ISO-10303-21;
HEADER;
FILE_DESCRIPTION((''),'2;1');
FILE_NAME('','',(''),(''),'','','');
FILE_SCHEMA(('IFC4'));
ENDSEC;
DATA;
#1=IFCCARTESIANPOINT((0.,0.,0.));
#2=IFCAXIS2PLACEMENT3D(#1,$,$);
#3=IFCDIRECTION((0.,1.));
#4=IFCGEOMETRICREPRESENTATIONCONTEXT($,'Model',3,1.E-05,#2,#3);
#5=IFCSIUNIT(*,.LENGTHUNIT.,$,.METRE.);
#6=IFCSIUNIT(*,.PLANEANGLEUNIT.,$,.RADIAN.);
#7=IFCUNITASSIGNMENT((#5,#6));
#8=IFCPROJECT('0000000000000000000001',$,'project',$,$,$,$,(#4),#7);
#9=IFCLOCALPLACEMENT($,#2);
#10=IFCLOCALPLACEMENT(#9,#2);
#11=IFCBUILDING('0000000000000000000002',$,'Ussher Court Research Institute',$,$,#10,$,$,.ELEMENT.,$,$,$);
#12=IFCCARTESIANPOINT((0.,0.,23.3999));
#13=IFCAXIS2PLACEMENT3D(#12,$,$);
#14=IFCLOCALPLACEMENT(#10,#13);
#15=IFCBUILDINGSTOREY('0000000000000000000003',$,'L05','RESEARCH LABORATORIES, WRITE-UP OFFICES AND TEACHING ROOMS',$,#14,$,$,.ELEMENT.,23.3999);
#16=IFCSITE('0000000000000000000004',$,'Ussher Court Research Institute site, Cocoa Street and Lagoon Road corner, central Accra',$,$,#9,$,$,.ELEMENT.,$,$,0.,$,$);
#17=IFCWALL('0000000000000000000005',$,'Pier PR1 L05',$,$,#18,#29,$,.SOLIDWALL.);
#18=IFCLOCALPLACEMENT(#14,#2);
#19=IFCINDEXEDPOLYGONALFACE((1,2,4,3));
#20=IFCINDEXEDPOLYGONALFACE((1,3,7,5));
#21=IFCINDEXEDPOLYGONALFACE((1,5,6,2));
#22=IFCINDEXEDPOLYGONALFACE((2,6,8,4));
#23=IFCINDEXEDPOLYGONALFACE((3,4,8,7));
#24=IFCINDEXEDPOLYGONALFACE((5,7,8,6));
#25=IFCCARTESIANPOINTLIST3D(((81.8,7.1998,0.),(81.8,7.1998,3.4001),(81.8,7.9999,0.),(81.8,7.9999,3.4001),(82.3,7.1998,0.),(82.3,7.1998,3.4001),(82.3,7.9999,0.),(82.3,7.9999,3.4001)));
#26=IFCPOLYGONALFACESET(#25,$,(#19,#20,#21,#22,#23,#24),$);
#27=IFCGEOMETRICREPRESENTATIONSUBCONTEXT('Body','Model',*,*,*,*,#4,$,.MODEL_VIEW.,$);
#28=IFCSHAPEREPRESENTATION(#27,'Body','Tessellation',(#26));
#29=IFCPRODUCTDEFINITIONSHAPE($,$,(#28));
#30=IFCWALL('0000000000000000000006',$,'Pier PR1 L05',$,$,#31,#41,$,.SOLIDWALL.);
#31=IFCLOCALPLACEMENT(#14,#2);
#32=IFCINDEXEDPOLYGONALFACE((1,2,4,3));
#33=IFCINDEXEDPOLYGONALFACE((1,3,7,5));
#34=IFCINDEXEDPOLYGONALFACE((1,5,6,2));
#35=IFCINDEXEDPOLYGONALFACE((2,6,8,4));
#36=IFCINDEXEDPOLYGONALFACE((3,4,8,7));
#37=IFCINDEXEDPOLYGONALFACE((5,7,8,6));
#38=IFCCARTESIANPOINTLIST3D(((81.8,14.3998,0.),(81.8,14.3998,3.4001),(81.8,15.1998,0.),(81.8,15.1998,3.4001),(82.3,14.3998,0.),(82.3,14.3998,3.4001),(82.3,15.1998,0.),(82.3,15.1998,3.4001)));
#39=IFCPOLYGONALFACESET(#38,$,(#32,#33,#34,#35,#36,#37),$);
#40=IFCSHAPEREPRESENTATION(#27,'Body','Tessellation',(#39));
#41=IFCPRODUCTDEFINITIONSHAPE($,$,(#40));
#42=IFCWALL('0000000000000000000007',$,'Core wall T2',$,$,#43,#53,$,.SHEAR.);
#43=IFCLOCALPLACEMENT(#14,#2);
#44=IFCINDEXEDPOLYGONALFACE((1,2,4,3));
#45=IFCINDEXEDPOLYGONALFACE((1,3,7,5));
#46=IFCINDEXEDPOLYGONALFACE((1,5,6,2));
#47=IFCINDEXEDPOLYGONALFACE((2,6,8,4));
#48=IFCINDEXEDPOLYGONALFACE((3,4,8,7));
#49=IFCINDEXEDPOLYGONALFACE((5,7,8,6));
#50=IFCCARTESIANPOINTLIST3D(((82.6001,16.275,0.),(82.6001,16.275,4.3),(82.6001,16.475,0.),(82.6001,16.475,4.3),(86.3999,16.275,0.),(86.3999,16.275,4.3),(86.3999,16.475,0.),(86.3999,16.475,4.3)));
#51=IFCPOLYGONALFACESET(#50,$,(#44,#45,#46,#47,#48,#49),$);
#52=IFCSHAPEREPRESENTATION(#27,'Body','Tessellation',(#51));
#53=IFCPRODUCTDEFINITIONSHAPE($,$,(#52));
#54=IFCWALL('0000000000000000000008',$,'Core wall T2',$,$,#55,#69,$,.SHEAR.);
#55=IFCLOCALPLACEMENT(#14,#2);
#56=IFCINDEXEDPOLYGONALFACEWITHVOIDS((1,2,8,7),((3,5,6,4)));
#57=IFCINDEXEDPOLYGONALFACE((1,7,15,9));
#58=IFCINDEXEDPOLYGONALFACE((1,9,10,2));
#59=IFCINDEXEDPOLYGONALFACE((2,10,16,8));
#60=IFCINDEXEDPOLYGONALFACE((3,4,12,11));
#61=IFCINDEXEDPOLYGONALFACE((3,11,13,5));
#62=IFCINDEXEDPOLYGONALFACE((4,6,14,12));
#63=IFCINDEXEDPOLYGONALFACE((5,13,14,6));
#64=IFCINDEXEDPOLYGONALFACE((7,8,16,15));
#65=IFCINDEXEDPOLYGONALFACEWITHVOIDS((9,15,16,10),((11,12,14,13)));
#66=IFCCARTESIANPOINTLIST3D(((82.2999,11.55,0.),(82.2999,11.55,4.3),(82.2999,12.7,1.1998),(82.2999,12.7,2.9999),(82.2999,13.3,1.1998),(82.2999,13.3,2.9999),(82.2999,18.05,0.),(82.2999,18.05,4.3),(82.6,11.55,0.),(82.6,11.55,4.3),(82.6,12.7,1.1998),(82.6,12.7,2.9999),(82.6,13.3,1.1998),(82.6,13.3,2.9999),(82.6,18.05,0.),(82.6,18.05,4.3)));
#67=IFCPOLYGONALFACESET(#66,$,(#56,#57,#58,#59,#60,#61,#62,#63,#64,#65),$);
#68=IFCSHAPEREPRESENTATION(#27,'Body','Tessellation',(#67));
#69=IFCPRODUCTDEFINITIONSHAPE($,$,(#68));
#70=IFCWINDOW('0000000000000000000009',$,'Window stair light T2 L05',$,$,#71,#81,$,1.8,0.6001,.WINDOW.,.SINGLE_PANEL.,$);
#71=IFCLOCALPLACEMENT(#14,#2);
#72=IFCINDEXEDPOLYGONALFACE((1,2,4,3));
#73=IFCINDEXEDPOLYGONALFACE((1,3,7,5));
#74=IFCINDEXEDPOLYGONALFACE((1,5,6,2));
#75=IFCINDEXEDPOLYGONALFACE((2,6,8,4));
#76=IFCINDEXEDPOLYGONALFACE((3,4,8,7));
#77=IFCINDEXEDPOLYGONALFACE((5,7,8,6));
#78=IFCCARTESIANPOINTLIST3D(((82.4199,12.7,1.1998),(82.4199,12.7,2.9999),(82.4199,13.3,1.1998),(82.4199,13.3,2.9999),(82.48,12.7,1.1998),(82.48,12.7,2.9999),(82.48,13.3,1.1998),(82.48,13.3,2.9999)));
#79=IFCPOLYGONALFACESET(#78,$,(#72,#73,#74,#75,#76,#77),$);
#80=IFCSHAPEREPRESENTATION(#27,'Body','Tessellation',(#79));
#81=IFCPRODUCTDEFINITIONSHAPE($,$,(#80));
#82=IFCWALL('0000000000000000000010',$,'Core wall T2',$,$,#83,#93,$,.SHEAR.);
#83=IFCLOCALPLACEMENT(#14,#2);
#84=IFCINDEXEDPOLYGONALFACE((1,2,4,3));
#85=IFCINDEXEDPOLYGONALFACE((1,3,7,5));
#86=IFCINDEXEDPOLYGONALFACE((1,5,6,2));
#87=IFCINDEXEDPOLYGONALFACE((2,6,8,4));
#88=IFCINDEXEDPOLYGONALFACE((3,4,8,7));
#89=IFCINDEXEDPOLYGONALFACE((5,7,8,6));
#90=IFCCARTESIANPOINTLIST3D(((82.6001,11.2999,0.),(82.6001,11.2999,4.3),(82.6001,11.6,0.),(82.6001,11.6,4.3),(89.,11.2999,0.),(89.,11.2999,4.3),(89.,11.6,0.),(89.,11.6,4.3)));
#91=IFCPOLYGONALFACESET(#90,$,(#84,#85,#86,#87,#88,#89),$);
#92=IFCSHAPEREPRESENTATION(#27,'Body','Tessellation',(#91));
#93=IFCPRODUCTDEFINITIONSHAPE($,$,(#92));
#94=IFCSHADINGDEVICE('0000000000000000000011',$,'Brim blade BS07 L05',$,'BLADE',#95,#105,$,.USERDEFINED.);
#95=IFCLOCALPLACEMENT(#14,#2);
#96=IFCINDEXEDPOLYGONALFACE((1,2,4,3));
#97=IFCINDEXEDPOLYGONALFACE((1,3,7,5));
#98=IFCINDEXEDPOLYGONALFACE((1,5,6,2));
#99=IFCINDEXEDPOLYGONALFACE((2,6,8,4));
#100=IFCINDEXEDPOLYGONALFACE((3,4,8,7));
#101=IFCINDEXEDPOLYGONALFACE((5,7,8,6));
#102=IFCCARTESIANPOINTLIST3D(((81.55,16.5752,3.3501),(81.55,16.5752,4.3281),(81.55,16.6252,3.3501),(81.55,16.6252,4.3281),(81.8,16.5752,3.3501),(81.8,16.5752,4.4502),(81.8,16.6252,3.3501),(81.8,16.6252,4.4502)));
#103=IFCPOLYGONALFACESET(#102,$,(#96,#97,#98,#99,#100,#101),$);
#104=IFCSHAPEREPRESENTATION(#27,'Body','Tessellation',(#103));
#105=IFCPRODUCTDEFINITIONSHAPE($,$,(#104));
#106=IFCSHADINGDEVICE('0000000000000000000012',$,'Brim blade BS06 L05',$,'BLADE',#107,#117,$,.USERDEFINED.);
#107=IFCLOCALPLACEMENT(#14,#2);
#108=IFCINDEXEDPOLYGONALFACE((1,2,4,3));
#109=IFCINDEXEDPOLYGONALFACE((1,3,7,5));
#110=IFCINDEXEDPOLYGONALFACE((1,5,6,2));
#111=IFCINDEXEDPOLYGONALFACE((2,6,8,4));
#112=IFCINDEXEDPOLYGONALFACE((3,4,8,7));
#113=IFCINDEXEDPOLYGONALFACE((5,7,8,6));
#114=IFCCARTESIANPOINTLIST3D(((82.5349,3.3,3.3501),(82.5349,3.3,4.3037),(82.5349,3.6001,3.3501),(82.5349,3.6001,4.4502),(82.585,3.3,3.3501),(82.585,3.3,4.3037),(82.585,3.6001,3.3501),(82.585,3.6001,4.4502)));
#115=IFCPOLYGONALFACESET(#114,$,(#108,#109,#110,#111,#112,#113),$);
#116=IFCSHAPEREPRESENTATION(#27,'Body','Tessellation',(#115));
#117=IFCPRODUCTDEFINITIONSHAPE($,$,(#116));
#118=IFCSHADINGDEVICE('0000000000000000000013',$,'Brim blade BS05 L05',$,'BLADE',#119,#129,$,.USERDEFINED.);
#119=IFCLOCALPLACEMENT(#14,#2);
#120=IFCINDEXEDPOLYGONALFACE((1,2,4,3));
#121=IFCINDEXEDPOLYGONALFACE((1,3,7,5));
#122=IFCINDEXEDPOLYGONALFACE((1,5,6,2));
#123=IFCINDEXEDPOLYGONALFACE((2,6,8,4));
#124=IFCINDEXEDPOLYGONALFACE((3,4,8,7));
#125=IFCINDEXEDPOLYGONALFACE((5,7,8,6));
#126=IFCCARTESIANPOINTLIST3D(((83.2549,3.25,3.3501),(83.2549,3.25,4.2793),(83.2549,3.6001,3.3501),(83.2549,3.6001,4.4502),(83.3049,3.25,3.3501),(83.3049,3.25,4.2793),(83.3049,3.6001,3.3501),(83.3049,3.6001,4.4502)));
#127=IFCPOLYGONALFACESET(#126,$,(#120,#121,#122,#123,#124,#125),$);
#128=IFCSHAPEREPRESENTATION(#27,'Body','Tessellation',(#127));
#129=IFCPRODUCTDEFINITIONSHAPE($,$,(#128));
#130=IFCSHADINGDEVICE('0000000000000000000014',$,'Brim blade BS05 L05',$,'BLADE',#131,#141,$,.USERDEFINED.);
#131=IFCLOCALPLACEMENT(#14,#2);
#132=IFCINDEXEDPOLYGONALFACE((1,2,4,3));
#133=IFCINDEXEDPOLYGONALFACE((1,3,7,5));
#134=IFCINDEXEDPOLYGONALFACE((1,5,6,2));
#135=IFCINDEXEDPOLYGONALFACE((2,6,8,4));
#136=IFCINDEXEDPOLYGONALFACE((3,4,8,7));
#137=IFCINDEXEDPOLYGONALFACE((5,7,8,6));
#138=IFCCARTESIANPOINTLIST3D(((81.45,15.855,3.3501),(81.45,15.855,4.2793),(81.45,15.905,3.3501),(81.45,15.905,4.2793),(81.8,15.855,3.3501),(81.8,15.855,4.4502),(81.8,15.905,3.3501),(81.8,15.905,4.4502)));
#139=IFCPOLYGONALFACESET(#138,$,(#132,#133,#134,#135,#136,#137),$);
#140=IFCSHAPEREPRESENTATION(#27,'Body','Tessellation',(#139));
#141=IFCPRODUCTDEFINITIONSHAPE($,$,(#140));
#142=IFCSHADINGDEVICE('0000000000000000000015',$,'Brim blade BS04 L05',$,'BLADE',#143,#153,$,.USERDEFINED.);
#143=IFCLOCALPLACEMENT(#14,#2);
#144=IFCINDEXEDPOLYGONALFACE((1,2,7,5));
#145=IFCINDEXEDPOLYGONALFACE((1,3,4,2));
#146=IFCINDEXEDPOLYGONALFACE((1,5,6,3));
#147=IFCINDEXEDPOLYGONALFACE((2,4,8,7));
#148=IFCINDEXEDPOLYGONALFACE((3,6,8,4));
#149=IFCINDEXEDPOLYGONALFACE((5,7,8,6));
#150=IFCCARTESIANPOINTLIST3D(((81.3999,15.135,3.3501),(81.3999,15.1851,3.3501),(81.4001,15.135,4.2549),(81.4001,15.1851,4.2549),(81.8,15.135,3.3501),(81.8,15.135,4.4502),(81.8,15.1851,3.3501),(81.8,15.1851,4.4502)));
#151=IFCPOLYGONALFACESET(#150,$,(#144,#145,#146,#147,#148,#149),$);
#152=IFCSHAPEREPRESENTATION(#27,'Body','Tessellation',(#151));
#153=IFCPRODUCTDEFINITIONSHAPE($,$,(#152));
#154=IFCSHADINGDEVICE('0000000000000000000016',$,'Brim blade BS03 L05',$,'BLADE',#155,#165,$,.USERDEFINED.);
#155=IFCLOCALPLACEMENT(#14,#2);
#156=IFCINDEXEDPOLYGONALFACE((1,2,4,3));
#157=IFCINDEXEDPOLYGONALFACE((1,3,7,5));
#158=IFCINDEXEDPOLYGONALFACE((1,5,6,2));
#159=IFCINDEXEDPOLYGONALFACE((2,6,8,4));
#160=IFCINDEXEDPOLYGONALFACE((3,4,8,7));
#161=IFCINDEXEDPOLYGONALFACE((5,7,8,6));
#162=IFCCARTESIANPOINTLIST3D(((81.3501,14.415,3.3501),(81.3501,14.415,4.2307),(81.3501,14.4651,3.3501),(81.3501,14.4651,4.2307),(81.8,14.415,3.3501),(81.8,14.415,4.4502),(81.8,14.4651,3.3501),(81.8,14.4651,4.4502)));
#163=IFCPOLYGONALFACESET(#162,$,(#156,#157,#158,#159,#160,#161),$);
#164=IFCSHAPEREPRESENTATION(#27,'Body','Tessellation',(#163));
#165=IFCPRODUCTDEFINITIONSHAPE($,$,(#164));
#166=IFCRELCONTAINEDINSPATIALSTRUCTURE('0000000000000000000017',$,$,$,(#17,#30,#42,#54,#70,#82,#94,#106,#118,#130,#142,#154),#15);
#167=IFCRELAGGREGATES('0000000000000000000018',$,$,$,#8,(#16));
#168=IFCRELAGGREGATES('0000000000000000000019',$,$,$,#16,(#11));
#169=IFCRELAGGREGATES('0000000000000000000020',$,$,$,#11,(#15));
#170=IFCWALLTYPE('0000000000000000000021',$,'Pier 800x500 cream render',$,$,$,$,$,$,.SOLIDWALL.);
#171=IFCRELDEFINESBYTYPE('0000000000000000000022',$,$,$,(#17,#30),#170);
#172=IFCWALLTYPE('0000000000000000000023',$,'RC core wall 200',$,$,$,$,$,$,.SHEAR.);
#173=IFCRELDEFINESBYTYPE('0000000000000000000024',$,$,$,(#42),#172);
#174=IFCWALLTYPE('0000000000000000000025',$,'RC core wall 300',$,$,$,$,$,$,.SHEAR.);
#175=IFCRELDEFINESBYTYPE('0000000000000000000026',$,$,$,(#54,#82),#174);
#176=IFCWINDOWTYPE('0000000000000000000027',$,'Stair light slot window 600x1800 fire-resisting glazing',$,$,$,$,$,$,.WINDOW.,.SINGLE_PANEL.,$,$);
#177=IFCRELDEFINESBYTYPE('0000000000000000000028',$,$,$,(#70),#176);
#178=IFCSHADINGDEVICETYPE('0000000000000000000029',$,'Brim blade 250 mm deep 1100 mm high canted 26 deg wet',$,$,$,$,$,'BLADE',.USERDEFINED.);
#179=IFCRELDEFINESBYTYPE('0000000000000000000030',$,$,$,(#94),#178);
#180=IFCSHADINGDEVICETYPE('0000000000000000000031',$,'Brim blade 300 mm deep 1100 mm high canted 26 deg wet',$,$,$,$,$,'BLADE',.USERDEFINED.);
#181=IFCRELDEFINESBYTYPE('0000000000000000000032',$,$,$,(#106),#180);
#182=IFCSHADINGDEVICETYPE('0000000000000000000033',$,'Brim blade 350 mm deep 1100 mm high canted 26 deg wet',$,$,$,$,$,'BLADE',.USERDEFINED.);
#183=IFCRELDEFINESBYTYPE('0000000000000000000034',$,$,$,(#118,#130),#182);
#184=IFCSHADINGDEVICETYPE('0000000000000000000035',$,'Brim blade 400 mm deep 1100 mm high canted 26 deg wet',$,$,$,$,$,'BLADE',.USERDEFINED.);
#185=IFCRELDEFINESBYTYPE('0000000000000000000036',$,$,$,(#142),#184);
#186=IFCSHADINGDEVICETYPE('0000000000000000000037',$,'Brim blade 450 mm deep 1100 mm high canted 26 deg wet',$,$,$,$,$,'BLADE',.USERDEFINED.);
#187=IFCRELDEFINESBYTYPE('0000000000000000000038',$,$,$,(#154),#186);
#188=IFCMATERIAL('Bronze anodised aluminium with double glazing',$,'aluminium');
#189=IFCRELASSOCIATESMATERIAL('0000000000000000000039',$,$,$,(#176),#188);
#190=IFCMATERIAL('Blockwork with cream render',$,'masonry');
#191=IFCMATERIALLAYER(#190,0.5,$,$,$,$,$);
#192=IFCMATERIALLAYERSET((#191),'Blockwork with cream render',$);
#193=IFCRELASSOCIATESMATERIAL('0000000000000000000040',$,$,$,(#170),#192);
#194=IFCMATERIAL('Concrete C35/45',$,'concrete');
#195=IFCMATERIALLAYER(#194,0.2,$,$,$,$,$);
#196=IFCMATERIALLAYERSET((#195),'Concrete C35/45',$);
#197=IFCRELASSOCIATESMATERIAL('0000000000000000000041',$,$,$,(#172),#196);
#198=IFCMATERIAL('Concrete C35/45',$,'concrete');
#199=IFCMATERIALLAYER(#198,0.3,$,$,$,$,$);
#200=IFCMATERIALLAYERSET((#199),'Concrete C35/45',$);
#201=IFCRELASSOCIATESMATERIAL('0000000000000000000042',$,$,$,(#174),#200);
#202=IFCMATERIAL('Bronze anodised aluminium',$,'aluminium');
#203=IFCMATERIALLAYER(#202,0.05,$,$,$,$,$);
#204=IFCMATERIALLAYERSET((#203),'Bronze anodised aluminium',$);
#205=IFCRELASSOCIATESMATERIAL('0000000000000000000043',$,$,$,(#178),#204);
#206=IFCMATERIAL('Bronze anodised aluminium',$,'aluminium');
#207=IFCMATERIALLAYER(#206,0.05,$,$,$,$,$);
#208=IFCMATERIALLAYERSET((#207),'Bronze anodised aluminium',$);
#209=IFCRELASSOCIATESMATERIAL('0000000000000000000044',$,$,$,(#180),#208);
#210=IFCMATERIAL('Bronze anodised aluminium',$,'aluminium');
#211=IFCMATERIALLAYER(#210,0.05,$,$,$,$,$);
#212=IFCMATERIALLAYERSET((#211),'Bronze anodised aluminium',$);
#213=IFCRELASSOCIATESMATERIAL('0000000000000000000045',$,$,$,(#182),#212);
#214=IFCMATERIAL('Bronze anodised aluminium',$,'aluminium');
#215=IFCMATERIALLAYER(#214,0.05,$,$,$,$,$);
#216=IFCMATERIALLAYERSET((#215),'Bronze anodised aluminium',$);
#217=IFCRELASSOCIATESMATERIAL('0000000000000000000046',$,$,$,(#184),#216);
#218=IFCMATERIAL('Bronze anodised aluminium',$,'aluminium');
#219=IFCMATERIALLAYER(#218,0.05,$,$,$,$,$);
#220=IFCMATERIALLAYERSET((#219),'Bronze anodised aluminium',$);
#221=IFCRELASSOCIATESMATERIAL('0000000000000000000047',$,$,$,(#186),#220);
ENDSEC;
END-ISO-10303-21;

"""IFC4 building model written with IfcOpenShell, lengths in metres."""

from ifc_helpers import new_model, si_unit, direction, frame, frame_2d, origin, place, context, subcontext, project, spatial, polyline, rectangle, outline, extrude, material, layer, layer_set, type_object, element, fill, save


model = new_model("IFC4")

# Units and contexts
model_context = context("Model", 3, precision=1e-05, world=origin(), true_north=direction((0.0, 1.0)))
body_context = subcontext(model_context, "Body", "Model", "MODEL_VIEW")
ifc_project = project(units=[si_unit("LENGTHUNIT", "METRE"), si_unit("PLANEANGLEUNIT", "RADIAN")], contexts=[model_context])

# Site, building, storey
site_placement = place(None, origin())
site = spatial("IfcSite", under=ifc_project, at=site_placement, Name="Ussher Court Research Institute site, Cocoa Street and Lagoon Road corner, central Accra", CompositionType="ELEMENT", RefElevation=0.0)
building_placement = place(site_placement, origin())
building = spatial("IfcBuilding", under=site, at=building_placement, Name="Ussher Court Research Institute", CompositionType="ELEMENT")
storey_placement = place(building_placement, frame((0.0, 0.0, 23.3999)))
storey = spatial("IfcBuildingStorey", under=building, at=storey_placement, Name="L05", Description="RESEARCH LABORATORIES, WRITE-UP OFFICES AND TEACHING ROOMS", CompositionType="ELEMENT", Elevation=23.3999)

# Shared definitions
ifc_material_1 = material(Name="Bronze anodised aluminium with double glazing", Category="aluminium")
window_type_1 = type_object("IfcWindowType", Name="Stair light slot window 600x1800 fire-resisting glazing", PartitioningType="SINGLE_PANEL", PredefinedType="WINDOW", material=ifc_material_1)

# Walls
ifc_material_2 = material(Name="Blockwork with cream render", Category="masonry")
ifc_layer_1 = layer(ifc_material_2, 0.5)
ifc_layer_set_1 = layer_set([ifc_layer_1], Name="Blockwork with cream render")
wall_type_1 = type_object("IfcWallType", Name="Pier 800x500 cream render", PredefinedType="SOLIDWALL", material=ifc_layer_set_1)
for number, where, z_axis, x_axis, name in (
    (1, (82.05, 7.2, 0.0), (0.0, 0.0, 1.0), (0.0, 1.0, 0.0), "Pier PR1 L05"),
    (2, (82.05, 14.3999, 0.0), (0.0, 0.0, 1.0), (0.0, 1.0, 0.0), "Pier PR1 L05"),
):
    element("IfcWall", number, at=place(storey_placement, frame(where, z_axis=z_axis, x_axis=x_axis)), inside=storey, type_object=wall_type_1, Name=name, PredefinedType="SOLIDWALL", context=body_context, shape_type="SweptSolid", body=[
        extrude(rectangle(XDim=0.8, YDim=0.5, at=frame_2d((0.3999, 0.0))), origin(), (0.0, 0.0, 1.0), 3.4001),
    ])
ifc_material_3 = material(Name="Concrete C35/45", Category="concrete")
ifc_layer_2 = layer(ifc_material_3, 0.2)
ifc_layer_set_2 = layer_set([ifc_layer_2], Name="Concrete C35/45")
wall_type_2 = type_object("IfcWallType", Name="RC core wall 200", PredefinedType="SHEAR", material=ifc_layer_set_2)
wall_1_placement = place(storey_placement, frame((82.6001, 16.375, 0.0), z_axis=(0.0, 0.0, 1.0), x_axis=(1.0, 0.0, 0.0)))
element("IfcWall", 3, at=wall_1_placement, inside=storey, type_object=wall_type_2, Name="Core wall T2", PredefinedType="SHEAR", context=body_context, shape_type="SweptSolid", body=[
    extrude(rectangle(XDim=3.7998, YDim=0.2, at=frame_2d((1.8999, 0.0))), origin(), (0.0, 0.0, 1.0), 4.3),
])

# Wall, opening, window
ifc_material_4 = material(Name="Concrete C35/45", Category="concrete")
ifc_layer_3 = layer(ifc_material_4, 0.3)
ifc_layer_set_3 = layer_set([ifc_layer_3], Name="Concrete C35/45")
wall_type_3 = type_object("IfcWallType", Name="RC core wall 300", PredefinedType="SHEAR", material=ifc_layer_set_3)
wall_2_placement = place(storey_placement, frame((82.45, 11.55, 0.0), z_axis=(0.0, 0.0, 1.0), x_axis=(0.0, 1.0, 0.0)))
wall_2 = element("IfcWall", 4, at=wall_2_placement, inside=storey, type_object=wall_type_3, Name="Core wall T2", PredefinedType="SHEAR", context=body_context, shape_type="SweptSolid", body=[
    extrude(rectangle(XDim=6.5, YDim=0.3, at=frame_2d((3.25, 0.0))), origin(), (0.0, 0.0, 1.0), 4.3),
])
opening_1_placement = place(wall_2_placement, frame((1.1499, 0.0, 1.2)))
opening_1 = element("IfcOpeningElement", 5, at=opening_1_placement, cuts=wall_2, PredefinedType="OPENING", context=body_context, shape_type="SweptSolid", body=[
    extrude(rectangle(XDim=0.6001, YDim=1.8, at=frame_2d((0.3, 0.8999))), frame((0.0, 0.1602, 0.0), z_axis=(0.0, -1.0, 0.0), x_axis=(1.0, 0.0, 0.0)), (0.0, 0.0, 1.0), 0.3201),
])
window_1_placement = place(opening_1_placement, origin())
window_1 = element("IfcWindow", 6, at=window_1_placement, inside=storey, type_object=window_type_1, Name="Window stair light T2 L05", OverallHeight=1.8, OverallWidth=0.6001, PartitioningType="SINGLE_PANEL", PredefinedType="WINDOW", context=body_context, shape_type="SweptSolid", body=[
    extrude(rectangle(XDim=0.6001, YDim=1.8, at=frame_2d((0.3, 0.8999))), frame((0.0, 0.03, 0.0), z_axis=(0.0, -1.0, 0.0), x_axis=(1.0, 0.0, 0.0)), (0.0, 0.0, 1.0), 0.0601),
])
fill(opening_1, window_1)

# Wall
wall_3_placement = place(storey_placement, frame((82.6001, 11.45, 0.0), z_axis=(0.0, 0.0, 1.0), x_axis=(1.0, 0.0, 0.0)))
element("IfcWall", 7, at=wall_3_placement, inside=storey, type_object=wall_type_3, Name="Core wall T2", PredefinedType="SHEAR", context=body_context, shape_type="SweptSolid", body=[
    extrude(rectangle(XDim=6.3999, YDim=0.3, at=frame_2d((3.2, 0.0))), origin(), (0.0, 0.0, 1.0), 4.3),
])

# Shading devices
ifc_material_5 = material(Name="Bronze anodised aluminium", Category="aluminium")
ifc_layer_4 = layer(ifc_material_5, 0.05)
ifc_layer_set_4 = layer_set([ifc_layer_4], Name="Bronze anodised aluminium")
shading_device_type_1 = type_object("IfcShadingDeviceType", Name="Brim blade 250 mm deep 1100 mm high canted 26 deg wet", ElementType="BLADE", PredefinedType="USERDEFINED", material=ifc_layer_set_4)
shading_device_1_placement = place(storey_placement, frame((81.8, 16.6001, 3.3501), z_axis=(0.0, 0.0, 1.0), x_axis=(-1.0, 0.0, 0.0)))
element("IfcShadingDevice", 8, at=shading_device_1_placement, inside=storey, type_object=shading_device_type_1, Name="Brim blade BS07 L05", ObjectType="BLADE", PredefinedType="USERDEFINED", context=body_context, shape_type="SweptSolid", body=[
    extrude(outline(polyline([(0.0, 0.0), (0.25, 0.0), (0.25, 0.978), (0.0, 1.1001), (0.0, 0.0)])), frame((0.0, 0.0249, 0.0), z_axis=(0.0, -1.0, 0.0), x_axis=(1.0, 0.0, 0.0)), (0.0, 0.0, 1.0), 0.05),
])
ifc_material_6 = material(Name="Bronze anodised aluminium", Category="aluminium")
ifc_layer_5 = layer(ifc_material_6, 0.05)
ifc_layer_set_5 = layer_set([ifc_layer_5], Name="Bronze anodised aluminium")
shading_device_type_2 = type_object("IfcShadingDeviceType", Name="Brim blade 300 mm deep 1100 mm high canted 26 deg wet", ElementType="BLADE", PredefinedType="USERDEFINED", material=ifc_layer_set_5)
shading_device_2_placement = place(storey_placement, frame((82.5601, 3.6001, 3.3501), z_axis=(0.0, 0.0, 1.0), x_axis=(0.0, -1.0, 0.0)))
element("IfcShadingDevice", 9, at=shading_device_2_placement, inside=storey, type_object=shading_device_type_2, Name="Brim blade BS06 L05", ObjectType="BLADE", PredefinedType="USERDEFINED", context=body_context, shape_type="SweptSolid", body=[
    extrude(outline(polyline([(0.0, 0.0), (0.3, 0.0), (0.3, 0.9536), (0.0, 1.1001), (0.0, 0.0)])), frame((0.0, 0.0249, 0.0), z_axis=(0.0, -1.0, 0.0), x_axis=(1.0, 0.0, 0.0)), (0.0, 0.0, 1.0), 0.05),
])
ifc_material_7 = material(Name="Bronze anodised aluminium", Category="aluminium")
ifc_layer_6 = layer(ifc_material_7, 0.05)
ifc_layer_set_6 = layer_set([ifc_layer_6], Name="Bronze anodised aluminium")
shading_device_type_3 = type_object("IfcShadingDeviceType", Name="Brim blade 350 mm deep 1100 mm high canted 26 deg wet", ElementType="BLADE", PredefinedType="USERDEFINED", material=ifc_layer_set_6)
for number, where, z_axis, x_axis, name in (
    (10, (83.28, 3.6001, 3.3501), (0.0, 0.0, 1.0), (0.0, -1.0, 0.0), "Brim blade BS05 L05"),
    (11, (81.8, 15.8799, 3.3501), (0.0, 0.0, 1.0), (-1.0, 0.0, 0.0), "Brim blade BS05 L05"),
):
    element("IfcShadingDevice", number, at=place(storey_placement, frame(where, z_axis=z_axis, x_axis=x_axis)), inside=storey, type_object=shading_device_type_3, Name=name, ObjectType="BLADE", PredefinedType="USERDEFINED", context=body_context, shape_type="SweptSolid", body=[
        extrude(outline(polyline([(0.0, 0.0), (0.3501, 0.0), (0.3501, 0.9292), (0.0, 1.1001), (0.0, 0.0)])), frame((0.0, 0.0249, 0.0), z_axis=(0.0, -1.0, 0.0), x_axis=(1.0, 0.0, 0.0)), (0.0, 0.0, 1.0), 0.05),
    ])
ifc_material_8 = material(Name="Bronze anodised aluminium", Category="aluminium")
ifc_layer_7 = layer(ifc_material_8, 0.05)
ifc_layer_set_7 = layer_set([ifc_layer_7], Name="Bronze anodised aluminium")
shading_device_type_4 = type_object("IfcShadingDeviceType", Name="Brim blade 400 mm deep 1100 mm high canted 26 deg wet", ElementType="BLADE", PredefinedType="USERDEFINED", material=ifc_layer_set_7)
shading_device_3_placement = place(storey_placement, frame((81.8, 15.1599, 3.3501), z_axis=(0.0, 0.0, 1.0), x_axis=(-1.0, 0.0, 0.0)))
element("IfcShadingDevice", 12, at=shading_device_3_placement, inside=storey, type_object=shading_device_type_4, Name="Brim blade BS04 L05", ObjectType="BLADE", PredefinedType="USERDEFINED", context=body_context, shape_type="SweptSolid", body=[
    extrude(outline(polyline([(0.0, 0.0), (0.4001, 0.0), (0.3999, 0.9048), (0.0, 1.1001), (0.0, 0.0)])), frame((0.0, 0.0249, 0.0), z_axis=(0.0, -1.0, 0.0), x_axis=(1.0, 0.0, 0.0)), (0.0, 0.0, 1.0), 0.05),
])
ifc_material_9 = material(Name="Bronze anodised aluminium", Category="aluminium")
ifc_layer_8 = layer(ifc_material_9, 0.05)
ifc_layer_set_8 = layer_set([ifc_layer_8], Name="Bronze anodised aluminium")
shading_device_type_5 = type_object("IfcShadingDeviceType", Name="Brim blade 450 mm deep 1100 mm high canted 26 deg wet", ElementType="BLADE", PredefinedType="USERDEFINED", material=ifc_layer_set_8)
shading_device_4_placement = place(storey_placement, frame((81.8, 14.4399, 3.3501), z_axis=(0.0, 0.0, 1.0), x_axis=(-1.0, 0.0, 0.0)))
element("IfcShadingDevice", 13, at=shading_device_4_placement, inside=storey, type_object=shading_device_type_5, Name="Brim blade BS03 L05", ObjectType="BLADE", PredefinedType="USERDEFINED", context=body_context, shape_type="SweptSolid", body=[
    extrude(outline(polyline([(0.0, 0.0), (0.45, 0.0), (0.45, 0.8806), (0.0, 1.1001), (0.0, 0.0)])), frame((0.0, 0.0249, 0.0), z_axis=(0.0, -1.0, 0.0), x_axis=(1.0, 0.0, 0.0)), (0.0, 0.0, 1.0), 0.05),
])

save(model, "model.ifc")
